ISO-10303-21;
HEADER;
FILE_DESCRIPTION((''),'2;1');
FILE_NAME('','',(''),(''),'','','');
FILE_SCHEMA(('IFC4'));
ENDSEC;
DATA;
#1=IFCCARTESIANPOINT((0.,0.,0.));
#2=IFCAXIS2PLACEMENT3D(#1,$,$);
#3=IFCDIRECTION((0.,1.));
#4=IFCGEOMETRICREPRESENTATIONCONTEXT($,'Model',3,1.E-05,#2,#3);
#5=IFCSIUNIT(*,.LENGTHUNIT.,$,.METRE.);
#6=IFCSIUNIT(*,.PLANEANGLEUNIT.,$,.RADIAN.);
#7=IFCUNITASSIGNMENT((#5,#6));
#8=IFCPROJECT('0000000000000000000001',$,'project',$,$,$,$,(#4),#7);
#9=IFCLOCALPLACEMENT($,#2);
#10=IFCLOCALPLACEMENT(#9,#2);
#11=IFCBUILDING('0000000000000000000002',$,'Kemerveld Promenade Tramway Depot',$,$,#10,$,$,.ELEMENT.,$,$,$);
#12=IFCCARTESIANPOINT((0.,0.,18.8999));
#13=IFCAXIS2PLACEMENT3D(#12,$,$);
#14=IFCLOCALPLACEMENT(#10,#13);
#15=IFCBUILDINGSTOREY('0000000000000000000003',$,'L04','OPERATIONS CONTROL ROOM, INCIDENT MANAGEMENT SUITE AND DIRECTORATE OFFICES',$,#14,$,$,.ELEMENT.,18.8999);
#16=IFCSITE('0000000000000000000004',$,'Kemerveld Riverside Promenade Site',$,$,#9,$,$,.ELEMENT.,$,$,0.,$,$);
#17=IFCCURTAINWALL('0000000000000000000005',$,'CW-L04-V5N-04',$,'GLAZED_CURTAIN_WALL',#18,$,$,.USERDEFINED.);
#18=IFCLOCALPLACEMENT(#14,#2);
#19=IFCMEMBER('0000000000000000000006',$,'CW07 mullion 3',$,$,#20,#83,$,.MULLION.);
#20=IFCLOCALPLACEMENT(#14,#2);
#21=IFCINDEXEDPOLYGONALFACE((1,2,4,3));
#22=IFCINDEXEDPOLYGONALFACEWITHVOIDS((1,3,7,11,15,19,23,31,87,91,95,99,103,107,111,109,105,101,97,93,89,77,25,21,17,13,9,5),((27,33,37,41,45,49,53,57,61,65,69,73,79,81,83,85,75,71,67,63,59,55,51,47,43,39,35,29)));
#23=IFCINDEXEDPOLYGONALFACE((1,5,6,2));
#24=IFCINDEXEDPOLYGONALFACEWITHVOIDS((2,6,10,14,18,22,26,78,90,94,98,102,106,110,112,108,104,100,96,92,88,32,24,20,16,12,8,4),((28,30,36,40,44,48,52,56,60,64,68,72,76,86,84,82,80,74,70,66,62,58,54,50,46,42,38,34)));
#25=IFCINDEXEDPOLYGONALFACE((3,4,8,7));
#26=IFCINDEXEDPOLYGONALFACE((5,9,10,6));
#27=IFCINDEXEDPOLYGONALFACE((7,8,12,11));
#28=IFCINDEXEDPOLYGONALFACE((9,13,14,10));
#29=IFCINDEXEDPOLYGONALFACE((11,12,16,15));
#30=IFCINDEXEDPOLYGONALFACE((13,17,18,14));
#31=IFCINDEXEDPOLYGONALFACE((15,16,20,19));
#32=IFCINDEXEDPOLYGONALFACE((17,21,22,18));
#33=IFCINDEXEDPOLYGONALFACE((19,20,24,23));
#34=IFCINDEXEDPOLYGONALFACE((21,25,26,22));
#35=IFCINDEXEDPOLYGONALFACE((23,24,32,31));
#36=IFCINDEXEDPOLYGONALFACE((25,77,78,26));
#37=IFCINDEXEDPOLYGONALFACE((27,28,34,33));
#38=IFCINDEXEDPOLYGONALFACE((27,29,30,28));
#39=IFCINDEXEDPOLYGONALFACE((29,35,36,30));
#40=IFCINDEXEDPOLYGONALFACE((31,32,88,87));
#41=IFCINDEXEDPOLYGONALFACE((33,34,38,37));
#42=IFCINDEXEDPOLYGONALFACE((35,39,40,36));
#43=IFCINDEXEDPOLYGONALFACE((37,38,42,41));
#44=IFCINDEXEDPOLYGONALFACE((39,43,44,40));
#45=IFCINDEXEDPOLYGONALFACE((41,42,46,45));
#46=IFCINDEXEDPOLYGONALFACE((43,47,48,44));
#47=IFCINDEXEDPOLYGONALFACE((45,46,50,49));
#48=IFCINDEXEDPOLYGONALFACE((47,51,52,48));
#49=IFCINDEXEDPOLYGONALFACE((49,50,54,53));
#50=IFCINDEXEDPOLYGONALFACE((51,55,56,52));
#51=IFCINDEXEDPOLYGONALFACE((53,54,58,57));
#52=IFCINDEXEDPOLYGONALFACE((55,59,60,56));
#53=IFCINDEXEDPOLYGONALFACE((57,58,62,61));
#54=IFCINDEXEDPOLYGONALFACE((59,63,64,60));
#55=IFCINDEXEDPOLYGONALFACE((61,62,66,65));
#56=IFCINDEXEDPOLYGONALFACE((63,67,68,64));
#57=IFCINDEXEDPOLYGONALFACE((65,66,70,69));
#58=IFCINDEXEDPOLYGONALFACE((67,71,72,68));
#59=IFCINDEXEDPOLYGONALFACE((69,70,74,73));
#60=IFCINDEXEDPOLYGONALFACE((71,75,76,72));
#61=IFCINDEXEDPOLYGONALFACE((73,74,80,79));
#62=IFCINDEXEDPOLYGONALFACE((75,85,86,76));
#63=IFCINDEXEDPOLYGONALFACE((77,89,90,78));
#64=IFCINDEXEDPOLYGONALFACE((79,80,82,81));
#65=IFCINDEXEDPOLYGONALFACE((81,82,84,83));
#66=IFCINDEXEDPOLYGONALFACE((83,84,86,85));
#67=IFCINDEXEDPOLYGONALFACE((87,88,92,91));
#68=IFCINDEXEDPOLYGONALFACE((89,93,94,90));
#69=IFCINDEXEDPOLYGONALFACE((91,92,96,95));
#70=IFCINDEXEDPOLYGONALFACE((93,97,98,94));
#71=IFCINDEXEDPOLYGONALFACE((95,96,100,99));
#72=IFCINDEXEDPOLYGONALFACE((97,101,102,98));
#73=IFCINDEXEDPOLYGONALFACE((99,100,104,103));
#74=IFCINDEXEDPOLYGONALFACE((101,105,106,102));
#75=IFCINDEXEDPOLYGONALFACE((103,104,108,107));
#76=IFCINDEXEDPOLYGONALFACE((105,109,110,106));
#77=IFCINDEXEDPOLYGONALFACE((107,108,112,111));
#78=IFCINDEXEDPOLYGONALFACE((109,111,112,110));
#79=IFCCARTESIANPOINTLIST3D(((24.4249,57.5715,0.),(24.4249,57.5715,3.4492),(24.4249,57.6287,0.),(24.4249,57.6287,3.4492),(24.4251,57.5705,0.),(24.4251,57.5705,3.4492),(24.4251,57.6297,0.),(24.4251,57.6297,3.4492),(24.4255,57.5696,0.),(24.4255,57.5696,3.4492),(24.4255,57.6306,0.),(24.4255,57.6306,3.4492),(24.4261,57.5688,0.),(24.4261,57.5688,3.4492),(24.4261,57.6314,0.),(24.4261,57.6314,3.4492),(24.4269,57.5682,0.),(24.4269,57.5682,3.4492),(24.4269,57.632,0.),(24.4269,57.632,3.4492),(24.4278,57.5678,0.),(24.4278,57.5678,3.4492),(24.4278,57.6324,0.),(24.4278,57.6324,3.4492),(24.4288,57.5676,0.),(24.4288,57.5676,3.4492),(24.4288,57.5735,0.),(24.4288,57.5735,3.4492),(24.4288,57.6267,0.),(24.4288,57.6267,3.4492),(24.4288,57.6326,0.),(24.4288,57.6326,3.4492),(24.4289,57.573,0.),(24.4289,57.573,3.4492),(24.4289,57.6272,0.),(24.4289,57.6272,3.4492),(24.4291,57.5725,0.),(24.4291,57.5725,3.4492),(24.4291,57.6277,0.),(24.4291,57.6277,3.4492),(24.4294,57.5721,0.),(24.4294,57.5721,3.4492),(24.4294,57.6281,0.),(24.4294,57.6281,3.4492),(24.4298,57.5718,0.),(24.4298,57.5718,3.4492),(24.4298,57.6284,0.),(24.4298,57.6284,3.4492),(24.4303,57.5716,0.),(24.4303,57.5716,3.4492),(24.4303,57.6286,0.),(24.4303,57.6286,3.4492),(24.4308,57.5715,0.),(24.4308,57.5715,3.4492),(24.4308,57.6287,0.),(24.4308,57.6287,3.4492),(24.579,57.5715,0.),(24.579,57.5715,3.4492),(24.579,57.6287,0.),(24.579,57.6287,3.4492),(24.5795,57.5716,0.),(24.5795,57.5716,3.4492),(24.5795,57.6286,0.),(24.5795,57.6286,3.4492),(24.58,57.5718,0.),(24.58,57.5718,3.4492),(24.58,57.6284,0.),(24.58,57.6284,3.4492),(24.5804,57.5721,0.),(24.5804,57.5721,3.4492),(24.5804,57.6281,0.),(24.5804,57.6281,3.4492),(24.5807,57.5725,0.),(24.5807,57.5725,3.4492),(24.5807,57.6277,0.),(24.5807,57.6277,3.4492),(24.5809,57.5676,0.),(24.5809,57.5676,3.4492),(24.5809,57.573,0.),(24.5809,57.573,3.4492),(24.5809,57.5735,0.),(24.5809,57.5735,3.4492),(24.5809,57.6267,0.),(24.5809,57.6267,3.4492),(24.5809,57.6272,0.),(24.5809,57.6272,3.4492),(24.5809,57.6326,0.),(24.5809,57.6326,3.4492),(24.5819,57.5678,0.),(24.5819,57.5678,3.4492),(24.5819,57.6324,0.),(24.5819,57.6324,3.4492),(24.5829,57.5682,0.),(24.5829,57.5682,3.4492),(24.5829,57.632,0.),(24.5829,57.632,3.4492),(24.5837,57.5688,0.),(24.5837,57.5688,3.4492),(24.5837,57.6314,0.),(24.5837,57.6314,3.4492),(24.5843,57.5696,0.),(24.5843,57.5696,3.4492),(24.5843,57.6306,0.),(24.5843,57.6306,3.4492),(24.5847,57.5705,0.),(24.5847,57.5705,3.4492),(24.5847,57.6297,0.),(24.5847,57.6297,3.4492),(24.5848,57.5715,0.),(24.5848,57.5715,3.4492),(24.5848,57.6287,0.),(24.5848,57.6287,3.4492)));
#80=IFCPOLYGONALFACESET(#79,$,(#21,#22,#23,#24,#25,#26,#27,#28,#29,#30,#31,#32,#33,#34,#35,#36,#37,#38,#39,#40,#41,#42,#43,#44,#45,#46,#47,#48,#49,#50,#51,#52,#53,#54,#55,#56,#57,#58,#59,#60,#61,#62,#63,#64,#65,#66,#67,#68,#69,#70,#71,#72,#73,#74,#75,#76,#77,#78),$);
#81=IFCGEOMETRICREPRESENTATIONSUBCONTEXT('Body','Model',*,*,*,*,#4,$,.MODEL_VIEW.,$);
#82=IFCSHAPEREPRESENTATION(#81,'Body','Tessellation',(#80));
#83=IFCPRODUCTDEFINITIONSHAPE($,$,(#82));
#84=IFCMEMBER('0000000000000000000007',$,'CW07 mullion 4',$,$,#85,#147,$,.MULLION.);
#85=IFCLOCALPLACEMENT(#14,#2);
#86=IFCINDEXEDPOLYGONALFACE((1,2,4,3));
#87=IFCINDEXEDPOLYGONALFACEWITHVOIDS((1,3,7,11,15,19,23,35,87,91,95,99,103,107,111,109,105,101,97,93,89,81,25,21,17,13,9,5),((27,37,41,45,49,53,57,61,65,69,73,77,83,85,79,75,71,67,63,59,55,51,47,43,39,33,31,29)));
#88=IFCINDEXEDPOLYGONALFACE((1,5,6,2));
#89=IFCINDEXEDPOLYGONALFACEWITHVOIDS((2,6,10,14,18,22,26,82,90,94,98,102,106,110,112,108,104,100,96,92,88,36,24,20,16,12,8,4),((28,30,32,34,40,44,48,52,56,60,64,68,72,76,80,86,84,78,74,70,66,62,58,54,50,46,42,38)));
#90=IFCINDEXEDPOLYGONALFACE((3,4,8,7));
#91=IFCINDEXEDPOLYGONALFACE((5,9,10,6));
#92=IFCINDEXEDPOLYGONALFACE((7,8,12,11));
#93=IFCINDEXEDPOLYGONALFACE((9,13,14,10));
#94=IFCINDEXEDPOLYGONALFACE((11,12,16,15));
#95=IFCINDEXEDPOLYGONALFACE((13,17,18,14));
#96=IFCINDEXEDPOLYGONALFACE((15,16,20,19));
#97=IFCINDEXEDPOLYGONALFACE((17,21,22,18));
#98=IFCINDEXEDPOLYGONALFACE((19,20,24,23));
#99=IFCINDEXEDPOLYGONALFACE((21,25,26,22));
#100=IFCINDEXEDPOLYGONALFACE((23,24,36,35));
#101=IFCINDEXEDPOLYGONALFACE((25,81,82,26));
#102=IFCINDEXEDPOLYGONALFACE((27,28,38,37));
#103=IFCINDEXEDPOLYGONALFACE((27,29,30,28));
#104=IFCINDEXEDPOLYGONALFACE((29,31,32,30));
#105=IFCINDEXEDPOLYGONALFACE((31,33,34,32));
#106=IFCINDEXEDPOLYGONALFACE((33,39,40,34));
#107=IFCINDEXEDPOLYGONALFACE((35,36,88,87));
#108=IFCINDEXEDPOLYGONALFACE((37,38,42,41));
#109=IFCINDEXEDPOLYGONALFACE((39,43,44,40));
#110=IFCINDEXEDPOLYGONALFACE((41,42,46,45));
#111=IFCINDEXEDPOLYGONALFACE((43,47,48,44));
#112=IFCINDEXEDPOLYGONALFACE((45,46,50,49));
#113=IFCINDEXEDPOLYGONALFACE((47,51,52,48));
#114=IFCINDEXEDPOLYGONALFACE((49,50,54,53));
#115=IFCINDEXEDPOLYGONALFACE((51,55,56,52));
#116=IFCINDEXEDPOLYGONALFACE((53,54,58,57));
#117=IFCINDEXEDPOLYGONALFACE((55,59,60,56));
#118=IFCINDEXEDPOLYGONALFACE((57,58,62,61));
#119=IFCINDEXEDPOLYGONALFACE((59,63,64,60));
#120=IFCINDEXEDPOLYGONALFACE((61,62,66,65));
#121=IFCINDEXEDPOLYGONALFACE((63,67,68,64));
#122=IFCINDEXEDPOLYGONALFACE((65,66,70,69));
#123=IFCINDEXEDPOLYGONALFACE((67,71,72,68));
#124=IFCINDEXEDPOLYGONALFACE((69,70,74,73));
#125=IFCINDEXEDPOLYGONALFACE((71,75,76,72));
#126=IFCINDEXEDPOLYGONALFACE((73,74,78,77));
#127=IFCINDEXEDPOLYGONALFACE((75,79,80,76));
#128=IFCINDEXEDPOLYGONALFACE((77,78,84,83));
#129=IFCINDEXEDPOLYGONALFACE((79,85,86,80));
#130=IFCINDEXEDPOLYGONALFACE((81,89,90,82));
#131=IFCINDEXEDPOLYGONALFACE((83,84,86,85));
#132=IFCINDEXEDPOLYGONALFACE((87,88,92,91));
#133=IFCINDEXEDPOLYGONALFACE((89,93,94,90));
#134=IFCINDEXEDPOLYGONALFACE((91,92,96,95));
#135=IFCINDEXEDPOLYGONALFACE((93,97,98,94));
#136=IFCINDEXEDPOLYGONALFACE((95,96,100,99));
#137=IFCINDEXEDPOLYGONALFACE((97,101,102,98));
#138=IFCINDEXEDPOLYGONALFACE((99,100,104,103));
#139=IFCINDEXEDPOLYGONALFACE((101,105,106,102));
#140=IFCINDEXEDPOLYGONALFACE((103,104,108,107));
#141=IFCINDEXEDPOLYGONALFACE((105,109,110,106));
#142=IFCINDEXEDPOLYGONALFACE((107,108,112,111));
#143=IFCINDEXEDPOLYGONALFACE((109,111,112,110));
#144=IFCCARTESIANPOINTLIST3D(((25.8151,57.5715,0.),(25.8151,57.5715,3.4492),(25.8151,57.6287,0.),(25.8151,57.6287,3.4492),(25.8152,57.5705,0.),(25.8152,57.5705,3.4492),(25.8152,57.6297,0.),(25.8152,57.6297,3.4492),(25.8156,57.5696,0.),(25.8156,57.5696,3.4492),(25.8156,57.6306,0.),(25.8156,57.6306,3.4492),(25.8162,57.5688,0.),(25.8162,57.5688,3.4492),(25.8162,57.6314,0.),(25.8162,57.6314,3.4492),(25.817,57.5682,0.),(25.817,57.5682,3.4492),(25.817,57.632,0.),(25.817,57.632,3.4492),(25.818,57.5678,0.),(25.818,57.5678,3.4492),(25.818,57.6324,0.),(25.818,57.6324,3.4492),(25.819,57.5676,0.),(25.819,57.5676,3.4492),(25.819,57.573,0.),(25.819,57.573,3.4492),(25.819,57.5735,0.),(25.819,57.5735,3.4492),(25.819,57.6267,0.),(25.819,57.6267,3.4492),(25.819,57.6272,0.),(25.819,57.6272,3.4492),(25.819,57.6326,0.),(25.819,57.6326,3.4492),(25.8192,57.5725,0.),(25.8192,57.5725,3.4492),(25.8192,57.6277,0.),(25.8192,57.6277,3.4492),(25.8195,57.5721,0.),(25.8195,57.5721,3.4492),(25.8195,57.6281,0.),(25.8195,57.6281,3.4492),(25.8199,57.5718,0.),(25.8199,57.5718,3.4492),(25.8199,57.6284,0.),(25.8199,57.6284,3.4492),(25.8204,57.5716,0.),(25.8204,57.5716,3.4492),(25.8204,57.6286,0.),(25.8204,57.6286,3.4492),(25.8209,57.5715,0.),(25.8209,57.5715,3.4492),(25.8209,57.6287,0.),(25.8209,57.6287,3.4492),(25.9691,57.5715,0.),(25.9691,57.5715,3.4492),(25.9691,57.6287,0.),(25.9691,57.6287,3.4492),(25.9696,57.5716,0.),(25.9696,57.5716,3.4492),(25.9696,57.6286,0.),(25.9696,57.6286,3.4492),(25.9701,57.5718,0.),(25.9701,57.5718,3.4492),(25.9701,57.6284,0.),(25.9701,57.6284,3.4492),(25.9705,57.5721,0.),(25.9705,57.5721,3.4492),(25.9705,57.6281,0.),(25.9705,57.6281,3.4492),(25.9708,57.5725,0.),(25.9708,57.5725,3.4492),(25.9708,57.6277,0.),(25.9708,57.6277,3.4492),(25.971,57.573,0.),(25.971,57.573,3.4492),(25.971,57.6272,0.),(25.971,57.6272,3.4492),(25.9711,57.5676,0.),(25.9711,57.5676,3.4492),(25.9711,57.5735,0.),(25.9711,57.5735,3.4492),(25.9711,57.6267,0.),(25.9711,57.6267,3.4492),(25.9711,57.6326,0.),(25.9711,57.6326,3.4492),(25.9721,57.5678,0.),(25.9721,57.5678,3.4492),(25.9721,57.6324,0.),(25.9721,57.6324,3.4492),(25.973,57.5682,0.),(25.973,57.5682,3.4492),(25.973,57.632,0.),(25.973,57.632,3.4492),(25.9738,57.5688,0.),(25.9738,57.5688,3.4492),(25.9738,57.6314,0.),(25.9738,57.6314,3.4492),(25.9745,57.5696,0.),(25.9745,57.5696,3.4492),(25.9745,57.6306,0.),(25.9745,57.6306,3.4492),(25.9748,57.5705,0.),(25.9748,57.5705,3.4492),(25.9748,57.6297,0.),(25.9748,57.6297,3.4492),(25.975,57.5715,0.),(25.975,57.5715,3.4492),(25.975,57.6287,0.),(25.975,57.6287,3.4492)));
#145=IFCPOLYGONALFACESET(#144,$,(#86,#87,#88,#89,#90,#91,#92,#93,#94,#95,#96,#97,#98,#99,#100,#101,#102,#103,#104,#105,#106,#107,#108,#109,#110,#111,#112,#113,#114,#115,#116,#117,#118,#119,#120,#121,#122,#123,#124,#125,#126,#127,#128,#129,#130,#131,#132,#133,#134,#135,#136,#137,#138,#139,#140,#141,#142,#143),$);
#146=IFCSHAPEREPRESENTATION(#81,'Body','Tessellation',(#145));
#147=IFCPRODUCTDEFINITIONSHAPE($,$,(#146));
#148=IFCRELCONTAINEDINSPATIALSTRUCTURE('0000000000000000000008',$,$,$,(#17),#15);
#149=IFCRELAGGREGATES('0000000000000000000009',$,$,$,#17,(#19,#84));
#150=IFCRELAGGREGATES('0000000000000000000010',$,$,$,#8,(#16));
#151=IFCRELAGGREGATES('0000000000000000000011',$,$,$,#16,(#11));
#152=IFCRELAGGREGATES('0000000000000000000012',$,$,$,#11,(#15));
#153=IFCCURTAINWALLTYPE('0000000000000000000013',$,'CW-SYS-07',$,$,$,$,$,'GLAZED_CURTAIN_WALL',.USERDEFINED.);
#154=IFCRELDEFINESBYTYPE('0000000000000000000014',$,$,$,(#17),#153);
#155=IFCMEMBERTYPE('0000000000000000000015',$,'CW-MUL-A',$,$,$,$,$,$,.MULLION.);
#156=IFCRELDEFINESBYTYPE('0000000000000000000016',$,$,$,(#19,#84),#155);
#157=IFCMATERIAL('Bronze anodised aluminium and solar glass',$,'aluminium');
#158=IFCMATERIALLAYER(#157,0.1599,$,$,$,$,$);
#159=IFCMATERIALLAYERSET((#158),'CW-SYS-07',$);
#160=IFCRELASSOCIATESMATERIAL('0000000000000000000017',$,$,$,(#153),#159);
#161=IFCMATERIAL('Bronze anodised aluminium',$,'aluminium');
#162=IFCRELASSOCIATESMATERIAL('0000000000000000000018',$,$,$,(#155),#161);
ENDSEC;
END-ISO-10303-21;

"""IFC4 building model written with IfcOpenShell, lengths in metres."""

from ifc_helpers import new_model, si_unit, direction, frame, origin, origin_2d, place, context, subcontext, project, spatial, hollow_rectangle, extrude, material, layer, layer_set, material_profile, profile_set, type_object, element, aggregate, save


model = new_model("IFC4")

# Units and contexts
model_context = context("Model", 3, precision=1e-05, world=origin(), true_north=direction((0.0, 1.0)))
body_context = subcontext(model_context, "Body", "Model", "MODEL_VIEW")
ifc_project = project(units=[si_unit("LENGTHUNIT", "METRE"), si_unit("PLANEANGLEUNIT", "RADIAN")], contexts=[model_context])

# Site, building, storey
site_placement = place(None, origin())
site = spatial("IfcSite", under=ifc_project, at=site_placement, Name="Kemerveld Riverside Promenade Site", CompositionType="ELEMENT", RefElevation=0.0)
building_placement = place(site_placement, origin())
building = spatial("IfcBuilding", under=site, at=building_placement, Name="Kemerveld Promenade Tramway Depot", CompositionType="ELEMENT")
storey_placement = place(building_placement, frame((0.0, 0.0, 18.8999)))
storey = spatial("IfcBuildingStorey", under=building, at=storey_placement, Name="L04", Description="OPERATIONS CONTROL ROOM, INCIDENT MANAGEMENT SUITE AND DIRECTORATE OFFICES", CompositionType="ELEMENT", Elevation=18.8999)

# Curtain wall, members
ifc_material_1 = material(Name="Bronze anodised aluminium and solar glass", Category="aluminium")
ifc_layer_1 = layer(ifc_material_1, 0.1599)
ifc_layer_set_1 = layer_set([ifc_layer_1], Name="CW-SYS-07")
curtain_wall_type = type_object("IfcCurtainWallType", Name="CW-SYS-07", ElementType="GLAZED_CURTAIN_WALL", PredefinedType="USERDEFINED", material=ifc_layer_set_1)
curtain_wall_placement = place(storey_placement, origin())
curtain_wall = element("IfcCurtainWall", 1, at=curtain_wall_placement, inside=storey, type_object=curtain_wall_type, Name="CW-L04-V5N-04", ObjectType="GLAZED_CURTAIN_WALL", PredefinedType="USERDEFINED")
ifc_material_2 = material(Name="Bronze anodised aluminium", Category="aluminium")
ifc_material_profile_1 = material_profile(ifc_material_2, hollow_rectangle(XDim=0.0649, YDim=0.1599, WallThickness=0.0039, InnerFilletRadius=0.002, OuterFilletRadius=0.0039, at=origin_2d()), Name="CW-MUL-160x65")
ifc_profile_set_1 = profile_set([ifc_material_profile_1], Name="Bronze anodised aluminium")
member_type_1 = type_object("IfcMemberType", Name="CW-MUL-A", PredefinedType="MULLION", material=ifc_profile_set_1)
member_1_placement = place(storey_placement, frame((24.5049, 57.6001, 0.0), z_axis=(0.0, 0.0, 1.0), x_axis=(0.0, 1.0, 0.0)))
member_1 = element("IfcMember", 2, at=member_1_placement, type_object=member_type_1, Name="CW07 mullion 3", PredefinedType="MULLION", context=body_context, shape_type="SweptSolid", body=[
    extrude(hollow_rectangle(XDim=0.0649, YDim=0.1599, WallThickness=0.0039, InnerFilletRadius=0.002, OuterFilletRadius=0.0039, at=origin_2d()), origin(), (0.0, 0.0, 1.0), 3.4492),
])
member_2_placement = place(storey_placement, frame((25.895, 57.6001, 0.0), z_axis=(0.0, 0.0, 1.0), x_axis=(0.0, 1.0, 0.0)))
member_2 = element("IfcMember", 3, at=member_2_placement, type_object=member_type_1, Name="CW07 mullion 4", PredefinedType="MULLION", context=body_context, shape_type="SweptSolid", body=[
    extrude(hollow_rectangle(XDim=0.0649, YDim=0.1599, WallThickness=0.0039, InnerFilletRadius=0.002, OuterFilletRadius=0.0039, at=origin_2d()), origin(), (0.0, 0.0, 1.0), 3.4492),
])
aggregate(curtain_wall, [member_1, member_2])

save(model, "model.ifc")
